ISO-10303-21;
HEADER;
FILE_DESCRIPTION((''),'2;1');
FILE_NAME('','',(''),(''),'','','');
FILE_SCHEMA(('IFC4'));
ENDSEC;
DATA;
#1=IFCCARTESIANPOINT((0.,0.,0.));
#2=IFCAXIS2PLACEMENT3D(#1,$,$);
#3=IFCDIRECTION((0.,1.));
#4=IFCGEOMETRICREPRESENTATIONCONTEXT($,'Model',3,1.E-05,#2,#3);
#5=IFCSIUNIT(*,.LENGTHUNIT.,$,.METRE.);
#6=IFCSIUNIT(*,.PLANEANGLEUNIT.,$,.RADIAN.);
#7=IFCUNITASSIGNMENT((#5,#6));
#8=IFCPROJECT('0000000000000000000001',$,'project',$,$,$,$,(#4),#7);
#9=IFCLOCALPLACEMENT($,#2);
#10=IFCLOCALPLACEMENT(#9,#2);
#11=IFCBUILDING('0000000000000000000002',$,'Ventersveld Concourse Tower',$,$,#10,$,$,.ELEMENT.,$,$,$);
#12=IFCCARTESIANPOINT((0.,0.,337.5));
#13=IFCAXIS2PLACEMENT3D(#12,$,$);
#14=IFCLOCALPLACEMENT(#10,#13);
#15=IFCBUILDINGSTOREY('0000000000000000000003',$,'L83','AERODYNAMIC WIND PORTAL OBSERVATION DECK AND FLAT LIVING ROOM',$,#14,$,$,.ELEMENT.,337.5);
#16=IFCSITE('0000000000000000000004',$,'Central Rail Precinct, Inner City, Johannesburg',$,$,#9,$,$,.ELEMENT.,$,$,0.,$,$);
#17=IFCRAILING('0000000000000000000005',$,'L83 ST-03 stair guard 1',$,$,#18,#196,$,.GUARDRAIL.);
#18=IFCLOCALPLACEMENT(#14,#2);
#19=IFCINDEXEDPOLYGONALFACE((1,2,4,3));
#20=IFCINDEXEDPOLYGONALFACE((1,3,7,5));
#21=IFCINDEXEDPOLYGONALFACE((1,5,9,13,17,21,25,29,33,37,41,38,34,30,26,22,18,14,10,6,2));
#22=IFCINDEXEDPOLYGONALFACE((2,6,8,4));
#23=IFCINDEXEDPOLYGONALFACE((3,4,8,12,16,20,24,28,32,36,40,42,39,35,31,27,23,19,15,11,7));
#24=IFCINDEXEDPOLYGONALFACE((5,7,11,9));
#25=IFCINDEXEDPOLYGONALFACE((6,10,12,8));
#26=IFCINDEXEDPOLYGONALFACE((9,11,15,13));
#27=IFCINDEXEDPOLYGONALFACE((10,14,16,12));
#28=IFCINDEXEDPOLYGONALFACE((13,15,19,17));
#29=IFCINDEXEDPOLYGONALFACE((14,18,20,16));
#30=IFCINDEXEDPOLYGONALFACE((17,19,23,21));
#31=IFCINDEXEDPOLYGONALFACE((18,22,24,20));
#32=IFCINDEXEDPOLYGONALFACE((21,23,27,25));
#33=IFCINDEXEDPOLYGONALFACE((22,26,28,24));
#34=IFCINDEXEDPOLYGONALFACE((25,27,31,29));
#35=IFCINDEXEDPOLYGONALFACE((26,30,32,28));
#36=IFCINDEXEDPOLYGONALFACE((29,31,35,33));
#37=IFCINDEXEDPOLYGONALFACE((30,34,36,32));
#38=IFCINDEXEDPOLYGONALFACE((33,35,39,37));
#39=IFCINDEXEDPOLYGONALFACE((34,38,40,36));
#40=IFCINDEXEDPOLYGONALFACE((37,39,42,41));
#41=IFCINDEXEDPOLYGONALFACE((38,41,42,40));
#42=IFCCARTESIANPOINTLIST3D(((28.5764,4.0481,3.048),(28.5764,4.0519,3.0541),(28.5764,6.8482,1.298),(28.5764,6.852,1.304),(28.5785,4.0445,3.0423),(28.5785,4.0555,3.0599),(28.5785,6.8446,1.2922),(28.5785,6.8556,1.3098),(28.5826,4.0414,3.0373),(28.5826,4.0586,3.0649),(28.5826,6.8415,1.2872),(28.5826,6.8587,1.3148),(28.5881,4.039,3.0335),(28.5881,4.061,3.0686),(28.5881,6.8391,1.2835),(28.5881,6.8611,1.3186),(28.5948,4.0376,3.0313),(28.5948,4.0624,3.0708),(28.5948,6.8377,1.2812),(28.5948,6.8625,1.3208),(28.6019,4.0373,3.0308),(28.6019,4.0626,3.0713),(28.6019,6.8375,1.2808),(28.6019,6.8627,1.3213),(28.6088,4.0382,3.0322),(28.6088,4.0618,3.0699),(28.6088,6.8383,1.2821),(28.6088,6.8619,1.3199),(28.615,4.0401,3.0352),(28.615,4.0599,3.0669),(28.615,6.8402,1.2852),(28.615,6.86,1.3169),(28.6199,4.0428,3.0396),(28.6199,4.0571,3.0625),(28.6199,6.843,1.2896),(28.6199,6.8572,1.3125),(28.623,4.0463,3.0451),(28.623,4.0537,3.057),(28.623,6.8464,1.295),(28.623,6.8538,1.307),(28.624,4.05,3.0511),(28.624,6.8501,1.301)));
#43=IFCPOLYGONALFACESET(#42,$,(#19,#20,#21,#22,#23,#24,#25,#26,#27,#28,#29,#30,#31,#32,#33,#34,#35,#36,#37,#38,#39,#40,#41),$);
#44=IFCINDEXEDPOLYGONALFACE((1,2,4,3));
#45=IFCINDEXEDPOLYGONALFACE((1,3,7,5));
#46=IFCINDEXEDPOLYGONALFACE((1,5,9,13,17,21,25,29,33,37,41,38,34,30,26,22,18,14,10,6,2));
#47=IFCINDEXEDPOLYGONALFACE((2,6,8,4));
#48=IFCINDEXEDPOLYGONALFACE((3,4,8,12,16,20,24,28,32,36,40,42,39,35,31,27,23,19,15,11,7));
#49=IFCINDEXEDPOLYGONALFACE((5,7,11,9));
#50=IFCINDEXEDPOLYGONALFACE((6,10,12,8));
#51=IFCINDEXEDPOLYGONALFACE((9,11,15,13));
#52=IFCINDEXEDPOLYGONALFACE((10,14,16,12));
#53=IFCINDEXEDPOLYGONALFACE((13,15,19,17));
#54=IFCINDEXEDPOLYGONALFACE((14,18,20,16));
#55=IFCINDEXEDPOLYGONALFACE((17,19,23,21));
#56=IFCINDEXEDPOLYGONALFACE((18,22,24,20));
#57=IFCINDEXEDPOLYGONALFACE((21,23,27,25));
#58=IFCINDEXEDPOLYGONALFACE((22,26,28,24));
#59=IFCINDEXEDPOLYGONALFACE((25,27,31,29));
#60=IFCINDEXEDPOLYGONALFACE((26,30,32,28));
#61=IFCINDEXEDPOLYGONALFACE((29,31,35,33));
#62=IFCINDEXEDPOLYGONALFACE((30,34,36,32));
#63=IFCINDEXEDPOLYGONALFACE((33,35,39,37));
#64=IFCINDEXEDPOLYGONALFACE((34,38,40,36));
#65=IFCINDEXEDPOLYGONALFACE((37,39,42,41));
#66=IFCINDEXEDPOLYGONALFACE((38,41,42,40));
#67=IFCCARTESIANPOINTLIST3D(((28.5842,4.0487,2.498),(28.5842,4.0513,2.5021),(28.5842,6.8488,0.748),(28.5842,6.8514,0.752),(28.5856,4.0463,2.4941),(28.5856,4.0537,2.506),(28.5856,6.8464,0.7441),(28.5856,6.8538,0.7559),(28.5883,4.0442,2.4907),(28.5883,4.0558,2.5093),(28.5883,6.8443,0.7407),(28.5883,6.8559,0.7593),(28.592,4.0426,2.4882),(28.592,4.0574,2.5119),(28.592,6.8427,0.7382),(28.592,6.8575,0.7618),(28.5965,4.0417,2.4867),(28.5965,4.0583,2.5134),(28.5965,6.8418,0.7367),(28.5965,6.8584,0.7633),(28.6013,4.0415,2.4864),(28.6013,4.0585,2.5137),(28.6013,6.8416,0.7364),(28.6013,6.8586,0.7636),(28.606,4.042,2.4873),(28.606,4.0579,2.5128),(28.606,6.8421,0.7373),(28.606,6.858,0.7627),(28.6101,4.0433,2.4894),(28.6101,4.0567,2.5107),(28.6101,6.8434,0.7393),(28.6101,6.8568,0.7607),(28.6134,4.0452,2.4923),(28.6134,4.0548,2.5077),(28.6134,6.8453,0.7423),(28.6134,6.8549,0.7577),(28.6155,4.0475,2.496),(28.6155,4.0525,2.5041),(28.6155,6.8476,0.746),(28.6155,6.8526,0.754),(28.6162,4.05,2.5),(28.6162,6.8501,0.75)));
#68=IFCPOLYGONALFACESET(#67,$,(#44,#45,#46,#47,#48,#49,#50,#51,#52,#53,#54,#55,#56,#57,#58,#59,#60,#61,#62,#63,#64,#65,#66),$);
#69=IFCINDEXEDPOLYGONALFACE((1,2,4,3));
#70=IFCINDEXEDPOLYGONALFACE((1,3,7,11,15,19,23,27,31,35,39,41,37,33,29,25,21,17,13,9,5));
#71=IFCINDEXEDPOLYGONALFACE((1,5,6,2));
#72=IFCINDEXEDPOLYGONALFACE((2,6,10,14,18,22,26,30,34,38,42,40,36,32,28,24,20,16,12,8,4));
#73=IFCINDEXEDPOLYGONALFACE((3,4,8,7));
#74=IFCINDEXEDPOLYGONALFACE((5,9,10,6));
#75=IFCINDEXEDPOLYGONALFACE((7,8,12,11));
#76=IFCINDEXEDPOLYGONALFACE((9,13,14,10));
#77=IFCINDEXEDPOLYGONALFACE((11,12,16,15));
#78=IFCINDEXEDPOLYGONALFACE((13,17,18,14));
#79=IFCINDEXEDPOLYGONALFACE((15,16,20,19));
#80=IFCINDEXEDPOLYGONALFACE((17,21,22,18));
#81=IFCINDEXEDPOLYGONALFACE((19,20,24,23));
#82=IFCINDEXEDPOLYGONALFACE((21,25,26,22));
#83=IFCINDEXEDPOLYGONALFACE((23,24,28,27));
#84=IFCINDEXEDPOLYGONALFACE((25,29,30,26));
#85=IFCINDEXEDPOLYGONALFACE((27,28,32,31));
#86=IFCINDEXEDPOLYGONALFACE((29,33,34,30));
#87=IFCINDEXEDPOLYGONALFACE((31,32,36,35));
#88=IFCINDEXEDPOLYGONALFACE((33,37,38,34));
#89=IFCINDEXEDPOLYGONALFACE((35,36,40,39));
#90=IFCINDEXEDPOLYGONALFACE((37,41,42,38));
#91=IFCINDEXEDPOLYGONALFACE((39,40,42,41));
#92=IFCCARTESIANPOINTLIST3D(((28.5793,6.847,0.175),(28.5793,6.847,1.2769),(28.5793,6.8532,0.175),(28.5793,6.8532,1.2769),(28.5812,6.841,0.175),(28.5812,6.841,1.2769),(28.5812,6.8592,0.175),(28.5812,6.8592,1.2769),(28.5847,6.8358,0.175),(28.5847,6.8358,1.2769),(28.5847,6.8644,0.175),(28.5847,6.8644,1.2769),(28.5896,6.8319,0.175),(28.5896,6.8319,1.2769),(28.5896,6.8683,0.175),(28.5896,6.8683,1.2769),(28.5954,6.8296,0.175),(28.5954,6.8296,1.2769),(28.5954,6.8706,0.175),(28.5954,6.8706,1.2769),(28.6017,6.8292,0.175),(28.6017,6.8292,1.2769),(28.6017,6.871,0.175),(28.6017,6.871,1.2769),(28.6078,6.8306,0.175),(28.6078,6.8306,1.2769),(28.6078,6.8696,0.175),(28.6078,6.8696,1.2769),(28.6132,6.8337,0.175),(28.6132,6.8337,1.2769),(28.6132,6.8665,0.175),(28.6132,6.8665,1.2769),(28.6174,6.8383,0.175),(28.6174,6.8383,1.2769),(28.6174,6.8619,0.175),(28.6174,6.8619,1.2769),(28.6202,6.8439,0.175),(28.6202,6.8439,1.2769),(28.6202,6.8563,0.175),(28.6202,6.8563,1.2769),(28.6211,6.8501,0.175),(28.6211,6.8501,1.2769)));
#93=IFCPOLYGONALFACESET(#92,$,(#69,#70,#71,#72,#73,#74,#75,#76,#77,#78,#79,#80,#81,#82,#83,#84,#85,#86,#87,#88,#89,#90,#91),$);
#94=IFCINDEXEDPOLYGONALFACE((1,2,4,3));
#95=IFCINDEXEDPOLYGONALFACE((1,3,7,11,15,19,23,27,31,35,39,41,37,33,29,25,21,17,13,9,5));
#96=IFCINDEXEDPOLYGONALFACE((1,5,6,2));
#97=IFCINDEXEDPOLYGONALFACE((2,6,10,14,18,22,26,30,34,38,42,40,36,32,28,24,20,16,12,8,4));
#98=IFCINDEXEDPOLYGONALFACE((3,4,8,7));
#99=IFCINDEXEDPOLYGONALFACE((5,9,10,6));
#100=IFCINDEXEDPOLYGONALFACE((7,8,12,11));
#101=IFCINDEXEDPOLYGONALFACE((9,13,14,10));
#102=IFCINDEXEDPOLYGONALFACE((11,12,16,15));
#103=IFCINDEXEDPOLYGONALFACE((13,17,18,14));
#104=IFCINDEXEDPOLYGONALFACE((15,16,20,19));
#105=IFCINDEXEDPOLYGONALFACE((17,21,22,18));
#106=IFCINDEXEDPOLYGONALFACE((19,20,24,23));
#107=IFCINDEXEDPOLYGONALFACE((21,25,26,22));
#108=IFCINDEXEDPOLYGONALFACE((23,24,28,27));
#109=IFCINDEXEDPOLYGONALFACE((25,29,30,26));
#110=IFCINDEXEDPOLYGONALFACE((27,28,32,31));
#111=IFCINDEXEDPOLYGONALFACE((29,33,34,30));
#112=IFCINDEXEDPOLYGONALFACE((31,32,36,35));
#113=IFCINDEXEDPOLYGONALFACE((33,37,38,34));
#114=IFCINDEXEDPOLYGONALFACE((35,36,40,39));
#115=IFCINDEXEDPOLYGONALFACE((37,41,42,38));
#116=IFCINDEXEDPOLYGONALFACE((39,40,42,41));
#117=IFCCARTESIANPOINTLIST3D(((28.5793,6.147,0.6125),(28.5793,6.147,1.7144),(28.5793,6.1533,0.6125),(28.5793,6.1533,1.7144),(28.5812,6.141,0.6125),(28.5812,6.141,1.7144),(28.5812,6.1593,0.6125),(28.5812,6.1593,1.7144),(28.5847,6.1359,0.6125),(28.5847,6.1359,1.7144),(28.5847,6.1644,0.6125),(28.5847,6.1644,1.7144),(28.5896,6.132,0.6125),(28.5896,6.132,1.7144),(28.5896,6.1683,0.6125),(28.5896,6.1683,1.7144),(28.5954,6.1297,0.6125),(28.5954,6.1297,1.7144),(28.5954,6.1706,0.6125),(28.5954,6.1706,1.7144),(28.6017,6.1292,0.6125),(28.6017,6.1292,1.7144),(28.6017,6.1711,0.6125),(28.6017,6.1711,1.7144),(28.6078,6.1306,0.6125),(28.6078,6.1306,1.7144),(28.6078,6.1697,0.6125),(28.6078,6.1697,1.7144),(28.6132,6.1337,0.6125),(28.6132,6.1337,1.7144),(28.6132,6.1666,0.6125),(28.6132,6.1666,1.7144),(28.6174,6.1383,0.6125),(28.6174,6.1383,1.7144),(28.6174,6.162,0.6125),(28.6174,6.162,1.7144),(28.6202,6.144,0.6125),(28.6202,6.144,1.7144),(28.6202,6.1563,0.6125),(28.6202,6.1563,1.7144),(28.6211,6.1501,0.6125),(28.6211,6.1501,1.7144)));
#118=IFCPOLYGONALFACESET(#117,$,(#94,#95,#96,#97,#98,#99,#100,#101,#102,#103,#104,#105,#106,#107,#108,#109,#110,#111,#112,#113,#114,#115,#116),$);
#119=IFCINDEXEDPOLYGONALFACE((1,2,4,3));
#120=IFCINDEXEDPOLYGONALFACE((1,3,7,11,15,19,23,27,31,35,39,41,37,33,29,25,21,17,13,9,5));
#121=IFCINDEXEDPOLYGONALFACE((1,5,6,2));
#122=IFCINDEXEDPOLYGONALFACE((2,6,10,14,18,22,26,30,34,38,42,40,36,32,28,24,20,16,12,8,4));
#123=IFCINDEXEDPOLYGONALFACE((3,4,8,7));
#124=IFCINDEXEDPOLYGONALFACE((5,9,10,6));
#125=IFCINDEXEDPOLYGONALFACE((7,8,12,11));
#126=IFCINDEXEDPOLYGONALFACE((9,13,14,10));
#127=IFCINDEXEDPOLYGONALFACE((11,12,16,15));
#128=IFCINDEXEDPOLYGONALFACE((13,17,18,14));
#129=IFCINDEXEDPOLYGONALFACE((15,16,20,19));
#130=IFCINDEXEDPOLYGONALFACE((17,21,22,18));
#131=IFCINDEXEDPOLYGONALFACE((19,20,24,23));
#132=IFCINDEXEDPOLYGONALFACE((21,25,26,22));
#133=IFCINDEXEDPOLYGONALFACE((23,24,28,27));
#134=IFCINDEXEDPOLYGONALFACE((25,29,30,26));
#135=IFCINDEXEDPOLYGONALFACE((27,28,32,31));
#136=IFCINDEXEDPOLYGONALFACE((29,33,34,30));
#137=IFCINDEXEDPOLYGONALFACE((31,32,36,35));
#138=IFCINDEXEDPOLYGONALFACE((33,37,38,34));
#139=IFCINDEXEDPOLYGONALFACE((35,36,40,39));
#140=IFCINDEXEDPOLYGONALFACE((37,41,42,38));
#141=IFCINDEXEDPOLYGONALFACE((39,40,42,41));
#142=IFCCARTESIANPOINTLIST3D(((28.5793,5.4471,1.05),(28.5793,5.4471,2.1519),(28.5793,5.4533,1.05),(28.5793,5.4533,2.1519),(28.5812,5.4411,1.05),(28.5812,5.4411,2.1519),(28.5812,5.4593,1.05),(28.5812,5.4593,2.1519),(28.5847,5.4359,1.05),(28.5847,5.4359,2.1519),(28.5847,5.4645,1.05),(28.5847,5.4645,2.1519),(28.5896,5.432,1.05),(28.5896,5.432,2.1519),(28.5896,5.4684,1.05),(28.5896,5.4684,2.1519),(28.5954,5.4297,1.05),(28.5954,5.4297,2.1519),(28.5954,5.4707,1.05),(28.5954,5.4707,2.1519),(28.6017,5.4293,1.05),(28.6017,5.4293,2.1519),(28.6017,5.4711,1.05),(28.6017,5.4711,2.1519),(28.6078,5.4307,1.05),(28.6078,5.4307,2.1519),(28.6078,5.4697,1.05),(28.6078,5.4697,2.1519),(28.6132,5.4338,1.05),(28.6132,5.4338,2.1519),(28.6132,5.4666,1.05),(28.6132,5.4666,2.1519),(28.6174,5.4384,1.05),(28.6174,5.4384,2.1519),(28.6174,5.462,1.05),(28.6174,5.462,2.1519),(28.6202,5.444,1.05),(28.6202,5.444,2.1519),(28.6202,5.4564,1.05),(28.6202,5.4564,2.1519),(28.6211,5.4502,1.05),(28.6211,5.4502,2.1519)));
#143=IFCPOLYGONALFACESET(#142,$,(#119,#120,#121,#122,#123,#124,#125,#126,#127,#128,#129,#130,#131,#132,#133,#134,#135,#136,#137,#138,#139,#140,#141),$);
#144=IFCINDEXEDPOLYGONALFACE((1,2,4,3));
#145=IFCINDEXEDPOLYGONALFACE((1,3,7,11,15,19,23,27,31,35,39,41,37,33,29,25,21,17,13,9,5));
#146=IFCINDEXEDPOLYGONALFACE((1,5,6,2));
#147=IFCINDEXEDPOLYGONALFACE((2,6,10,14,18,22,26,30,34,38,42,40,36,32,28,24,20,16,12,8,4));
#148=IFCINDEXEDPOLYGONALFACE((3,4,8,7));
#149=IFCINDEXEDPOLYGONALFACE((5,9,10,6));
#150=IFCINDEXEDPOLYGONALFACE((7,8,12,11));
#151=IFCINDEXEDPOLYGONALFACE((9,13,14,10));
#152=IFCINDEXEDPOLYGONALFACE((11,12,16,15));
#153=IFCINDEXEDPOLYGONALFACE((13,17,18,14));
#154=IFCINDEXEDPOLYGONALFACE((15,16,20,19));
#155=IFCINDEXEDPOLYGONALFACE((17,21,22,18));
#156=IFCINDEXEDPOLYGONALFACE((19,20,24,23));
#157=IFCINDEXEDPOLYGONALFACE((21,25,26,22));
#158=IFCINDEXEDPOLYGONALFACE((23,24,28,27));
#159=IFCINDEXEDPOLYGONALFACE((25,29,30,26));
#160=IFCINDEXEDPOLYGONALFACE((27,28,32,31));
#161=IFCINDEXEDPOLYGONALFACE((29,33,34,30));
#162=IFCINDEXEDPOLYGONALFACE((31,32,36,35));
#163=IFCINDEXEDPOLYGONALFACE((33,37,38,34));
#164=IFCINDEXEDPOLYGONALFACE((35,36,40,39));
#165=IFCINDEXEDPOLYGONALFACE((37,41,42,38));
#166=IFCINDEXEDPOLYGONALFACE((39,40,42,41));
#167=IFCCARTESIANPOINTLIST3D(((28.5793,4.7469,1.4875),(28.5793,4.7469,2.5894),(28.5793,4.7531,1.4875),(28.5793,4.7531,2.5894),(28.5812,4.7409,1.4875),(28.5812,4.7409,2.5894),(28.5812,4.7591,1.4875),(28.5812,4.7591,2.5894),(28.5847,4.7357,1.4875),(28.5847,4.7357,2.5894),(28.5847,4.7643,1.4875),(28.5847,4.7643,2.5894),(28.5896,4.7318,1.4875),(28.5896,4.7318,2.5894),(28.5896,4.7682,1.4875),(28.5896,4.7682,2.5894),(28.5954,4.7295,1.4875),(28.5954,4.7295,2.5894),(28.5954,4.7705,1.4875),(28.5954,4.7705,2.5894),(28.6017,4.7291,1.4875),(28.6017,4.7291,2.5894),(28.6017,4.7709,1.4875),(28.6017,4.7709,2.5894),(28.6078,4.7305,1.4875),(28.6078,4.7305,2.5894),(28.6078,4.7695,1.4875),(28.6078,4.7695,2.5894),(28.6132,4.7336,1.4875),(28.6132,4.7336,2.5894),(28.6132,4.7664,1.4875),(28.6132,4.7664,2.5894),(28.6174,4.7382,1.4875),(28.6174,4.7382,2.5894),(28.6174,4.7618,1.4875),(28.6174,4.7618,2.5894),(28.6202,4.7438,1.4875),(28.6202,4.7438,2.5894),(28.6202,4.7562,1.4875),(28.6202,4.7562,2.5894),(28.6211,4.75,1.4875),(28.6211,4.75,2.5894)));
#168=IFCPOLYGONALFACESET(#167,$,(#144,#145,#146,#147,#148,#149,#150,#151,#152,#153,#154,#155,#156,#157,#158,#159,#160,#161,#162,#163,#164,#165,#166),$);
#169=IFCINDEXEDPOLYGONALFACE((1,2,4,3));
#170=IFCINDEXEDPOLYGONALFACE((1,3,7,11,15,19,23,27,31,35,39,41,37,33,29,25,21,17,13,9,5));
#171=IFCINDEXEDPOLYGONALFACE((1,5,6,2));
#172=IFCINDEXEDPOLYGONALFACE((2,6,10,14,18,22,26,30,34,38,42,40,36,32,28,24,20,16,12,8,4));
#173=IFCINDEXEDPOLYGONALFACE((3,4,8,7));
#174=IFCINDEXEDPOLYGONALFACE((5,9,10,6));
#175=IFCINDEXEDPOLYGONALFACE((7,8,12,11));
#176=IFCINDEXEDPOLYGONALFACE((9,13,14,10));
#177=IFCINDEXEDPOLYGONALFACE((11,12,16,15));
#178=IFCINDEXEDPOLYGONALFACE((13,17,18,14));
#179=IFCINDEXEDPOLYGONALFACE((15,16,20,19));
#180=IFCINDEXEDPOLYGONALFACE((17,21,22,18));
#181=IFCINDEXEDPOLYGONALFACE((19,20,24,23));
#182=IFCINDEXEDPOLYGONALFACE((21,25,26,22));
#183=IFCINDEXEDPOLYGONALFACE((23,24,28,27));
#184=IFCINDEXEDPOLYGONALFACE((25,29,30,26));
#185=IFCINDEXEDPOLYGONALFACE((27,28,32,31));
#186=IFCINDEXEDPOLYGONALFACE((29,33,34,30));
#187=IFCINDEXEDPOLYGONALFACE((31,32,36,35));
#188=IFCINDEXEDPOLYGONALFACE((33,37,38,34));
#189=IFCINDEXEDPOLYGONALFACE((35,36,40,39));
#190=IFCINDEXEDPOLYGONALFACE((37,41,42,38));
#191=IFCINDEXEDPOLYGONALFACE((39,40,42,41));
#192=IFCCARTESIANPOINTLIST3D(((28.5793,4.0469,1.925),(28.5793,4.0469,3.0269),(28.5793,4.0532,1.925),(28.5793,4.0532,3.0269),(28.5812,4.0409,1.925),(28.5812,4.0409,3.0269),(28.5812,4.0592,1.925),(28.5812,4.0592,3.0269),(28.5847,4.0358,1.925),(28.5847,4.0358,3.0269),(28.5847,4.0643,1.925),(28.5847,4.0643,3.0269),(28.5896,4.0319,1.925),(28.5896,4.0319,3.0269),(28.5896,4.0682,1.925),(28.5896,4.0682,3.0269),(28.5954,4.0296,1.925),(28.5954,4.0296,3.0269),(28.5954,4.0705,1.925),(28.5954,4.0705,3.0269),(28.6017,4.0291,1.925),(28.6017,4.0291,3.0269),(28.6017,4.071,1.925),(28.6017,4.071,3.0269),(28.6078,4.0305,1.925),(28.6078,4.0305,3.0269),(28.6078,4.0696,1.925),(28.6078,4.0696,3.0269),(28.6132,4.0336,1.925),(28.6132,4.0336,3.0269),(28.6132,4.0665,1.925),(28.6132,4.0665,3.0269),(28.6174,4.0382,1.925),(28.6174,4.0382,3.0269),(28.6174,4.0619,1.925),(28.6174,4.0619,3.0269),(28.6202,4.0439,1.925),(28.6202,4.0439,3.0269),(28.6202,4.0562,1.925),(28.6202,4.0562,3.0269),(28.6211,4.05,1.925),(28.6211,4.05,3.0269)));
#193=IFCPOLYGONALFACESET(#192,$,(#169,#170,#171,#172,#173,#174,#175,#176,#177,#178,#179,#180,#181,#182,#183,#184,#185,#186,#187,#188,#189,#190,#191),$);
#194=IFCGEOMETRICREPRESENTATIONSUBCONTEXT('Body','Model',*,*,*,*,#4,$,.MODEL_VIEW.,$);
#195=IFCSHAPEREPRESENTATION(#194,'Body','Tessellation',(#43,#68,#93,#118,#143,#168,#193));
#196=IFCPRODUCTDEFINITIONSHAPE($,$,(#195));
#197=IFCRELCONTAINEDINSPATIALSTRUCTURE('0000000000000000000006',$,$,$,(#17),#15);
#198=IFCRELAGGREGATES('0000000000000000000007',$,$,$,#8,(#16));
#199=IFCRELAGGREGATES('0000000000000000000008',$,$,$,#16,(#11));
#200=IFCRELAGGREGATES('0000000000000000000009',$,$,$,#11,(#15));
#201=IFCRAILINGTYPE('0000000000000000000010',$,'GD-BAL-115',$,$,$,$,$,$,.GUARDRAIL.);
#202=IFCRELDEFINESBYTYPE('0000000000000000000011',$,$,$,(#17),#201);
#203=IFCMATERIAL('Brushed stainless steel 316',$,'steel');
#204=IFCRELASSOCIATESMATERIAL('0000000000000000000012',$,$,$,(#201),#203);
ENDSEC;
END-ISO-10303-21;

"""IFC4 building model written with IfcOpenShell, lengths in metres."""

from ifc_helpers import new_model, si_unit, direction, frame, origin, origin_2d, place, context, subcontext, project, spatial, circle, extrude, material, type_object, element, save


model = new_model("IFC4")

# Units and contexts
model_context = context("Model", 3, precision=1e-05, world=origin(), true_north=direction((0.0, 1.0)))
body_context = subcontext(model_context, "Body", "Model", "MODEL_VIEW")
ifc_project = project(units=[si_unit("LENGTHUNIT", "METRE"), si_unit("PLANEANGLEUNIT", "RADIAN")], contexts=[model_context])

# Site, building, storey
site_placement = place(None, origin())
site = spatial("IfcSite", under=ifc_project, at=site_placement, Name="Central Rail Precinct, Inner City, Johannesburg", CompositionType="ELEMENT", RefElevation=0.0)
building_placement = place(site_placement, origin())
building = spatial("IfcBuilding", under=site, at=building_placement, Name="Ventersveld Concourse Tower", CompositionType="ELEMENT")
storey_placement = place(building_placement, frame((0.0, 0.0, 337.5)))
storey = spatial("IfcBuildingStorey", under=building, at=storey_placement, Name="L83", Description="AERODYNAMIC WIND PORTAL OBSERVATION DECK AND FLAT LIVING ROOM", CompositionType="ELEMENT", Elevation=337.5)

# Railing
ifc_material_1 = material(Name="Brushed stainless steel 316", Category="steel")
railing_type_1 = type_object("IfcRailingType", Name="GD-BAL-115", PredefinedType="GUARDRAIL", material=ifc_material_1)
railing_1_placement = place(storey_placement, frame((28.6001, 6.8501, 0.175)))
element("IfcRailing", 1, at=railing_1_placement, inside=storey, type_object=railing_type_1, Name="L83 ST-03 stair guard 1", PredefinedType="GUARDRAIL", context=body_context, shape_type="SweptSolid", body=[
    extrude(circle(Radius=0.0239, at=origin_2d()), frame((0.0, 0.0, 1.126), z_axis=(0.0, -0.848002, 0.529992), x_axis=(1.0, 0.0, 0.0)), (0.0, 0.0, 1.0), 3.302),
    extrude(circle(Radius=0.0161, at=origin_2d()), frame((0.0, 0.0, 0.575), z_axis=(0.0, -0.848002, 0.529992), x_axis=(1.0, 0.0, 0.0)), (0.0, 0.0, 1.0), 3.302),
    extrude(circle(Radius=0.021, at=origin_2d()), origin(), (0.0, 0.0, 1.0), 1.1018),
    extrude(circle(Radius=0.021, at=origin_2d()), frame((0.0, -0.7, 0.4375)), (0.0, 0.0, 1.0), 1.1018),
    extrude(circle(Radius=0.021, at=origin_2d()), frame((0.0, -1.3999, 0.875)), (0.0, 0.0, 1.0), 1.1018),
    extrude(circle(Radius=0.021, at=origin_2d()), frame((0.0, -2.1001, 1.3125)), (0.0, 0.0, 1.0), 1.1018),
    extrude(circle(Radius=0.021, at=origin_2d()), frame((0.0, -2.8, 1.75)), (0.0, 0.0, 1.0), 1.1018),
])

save(model, "model.ifc")
